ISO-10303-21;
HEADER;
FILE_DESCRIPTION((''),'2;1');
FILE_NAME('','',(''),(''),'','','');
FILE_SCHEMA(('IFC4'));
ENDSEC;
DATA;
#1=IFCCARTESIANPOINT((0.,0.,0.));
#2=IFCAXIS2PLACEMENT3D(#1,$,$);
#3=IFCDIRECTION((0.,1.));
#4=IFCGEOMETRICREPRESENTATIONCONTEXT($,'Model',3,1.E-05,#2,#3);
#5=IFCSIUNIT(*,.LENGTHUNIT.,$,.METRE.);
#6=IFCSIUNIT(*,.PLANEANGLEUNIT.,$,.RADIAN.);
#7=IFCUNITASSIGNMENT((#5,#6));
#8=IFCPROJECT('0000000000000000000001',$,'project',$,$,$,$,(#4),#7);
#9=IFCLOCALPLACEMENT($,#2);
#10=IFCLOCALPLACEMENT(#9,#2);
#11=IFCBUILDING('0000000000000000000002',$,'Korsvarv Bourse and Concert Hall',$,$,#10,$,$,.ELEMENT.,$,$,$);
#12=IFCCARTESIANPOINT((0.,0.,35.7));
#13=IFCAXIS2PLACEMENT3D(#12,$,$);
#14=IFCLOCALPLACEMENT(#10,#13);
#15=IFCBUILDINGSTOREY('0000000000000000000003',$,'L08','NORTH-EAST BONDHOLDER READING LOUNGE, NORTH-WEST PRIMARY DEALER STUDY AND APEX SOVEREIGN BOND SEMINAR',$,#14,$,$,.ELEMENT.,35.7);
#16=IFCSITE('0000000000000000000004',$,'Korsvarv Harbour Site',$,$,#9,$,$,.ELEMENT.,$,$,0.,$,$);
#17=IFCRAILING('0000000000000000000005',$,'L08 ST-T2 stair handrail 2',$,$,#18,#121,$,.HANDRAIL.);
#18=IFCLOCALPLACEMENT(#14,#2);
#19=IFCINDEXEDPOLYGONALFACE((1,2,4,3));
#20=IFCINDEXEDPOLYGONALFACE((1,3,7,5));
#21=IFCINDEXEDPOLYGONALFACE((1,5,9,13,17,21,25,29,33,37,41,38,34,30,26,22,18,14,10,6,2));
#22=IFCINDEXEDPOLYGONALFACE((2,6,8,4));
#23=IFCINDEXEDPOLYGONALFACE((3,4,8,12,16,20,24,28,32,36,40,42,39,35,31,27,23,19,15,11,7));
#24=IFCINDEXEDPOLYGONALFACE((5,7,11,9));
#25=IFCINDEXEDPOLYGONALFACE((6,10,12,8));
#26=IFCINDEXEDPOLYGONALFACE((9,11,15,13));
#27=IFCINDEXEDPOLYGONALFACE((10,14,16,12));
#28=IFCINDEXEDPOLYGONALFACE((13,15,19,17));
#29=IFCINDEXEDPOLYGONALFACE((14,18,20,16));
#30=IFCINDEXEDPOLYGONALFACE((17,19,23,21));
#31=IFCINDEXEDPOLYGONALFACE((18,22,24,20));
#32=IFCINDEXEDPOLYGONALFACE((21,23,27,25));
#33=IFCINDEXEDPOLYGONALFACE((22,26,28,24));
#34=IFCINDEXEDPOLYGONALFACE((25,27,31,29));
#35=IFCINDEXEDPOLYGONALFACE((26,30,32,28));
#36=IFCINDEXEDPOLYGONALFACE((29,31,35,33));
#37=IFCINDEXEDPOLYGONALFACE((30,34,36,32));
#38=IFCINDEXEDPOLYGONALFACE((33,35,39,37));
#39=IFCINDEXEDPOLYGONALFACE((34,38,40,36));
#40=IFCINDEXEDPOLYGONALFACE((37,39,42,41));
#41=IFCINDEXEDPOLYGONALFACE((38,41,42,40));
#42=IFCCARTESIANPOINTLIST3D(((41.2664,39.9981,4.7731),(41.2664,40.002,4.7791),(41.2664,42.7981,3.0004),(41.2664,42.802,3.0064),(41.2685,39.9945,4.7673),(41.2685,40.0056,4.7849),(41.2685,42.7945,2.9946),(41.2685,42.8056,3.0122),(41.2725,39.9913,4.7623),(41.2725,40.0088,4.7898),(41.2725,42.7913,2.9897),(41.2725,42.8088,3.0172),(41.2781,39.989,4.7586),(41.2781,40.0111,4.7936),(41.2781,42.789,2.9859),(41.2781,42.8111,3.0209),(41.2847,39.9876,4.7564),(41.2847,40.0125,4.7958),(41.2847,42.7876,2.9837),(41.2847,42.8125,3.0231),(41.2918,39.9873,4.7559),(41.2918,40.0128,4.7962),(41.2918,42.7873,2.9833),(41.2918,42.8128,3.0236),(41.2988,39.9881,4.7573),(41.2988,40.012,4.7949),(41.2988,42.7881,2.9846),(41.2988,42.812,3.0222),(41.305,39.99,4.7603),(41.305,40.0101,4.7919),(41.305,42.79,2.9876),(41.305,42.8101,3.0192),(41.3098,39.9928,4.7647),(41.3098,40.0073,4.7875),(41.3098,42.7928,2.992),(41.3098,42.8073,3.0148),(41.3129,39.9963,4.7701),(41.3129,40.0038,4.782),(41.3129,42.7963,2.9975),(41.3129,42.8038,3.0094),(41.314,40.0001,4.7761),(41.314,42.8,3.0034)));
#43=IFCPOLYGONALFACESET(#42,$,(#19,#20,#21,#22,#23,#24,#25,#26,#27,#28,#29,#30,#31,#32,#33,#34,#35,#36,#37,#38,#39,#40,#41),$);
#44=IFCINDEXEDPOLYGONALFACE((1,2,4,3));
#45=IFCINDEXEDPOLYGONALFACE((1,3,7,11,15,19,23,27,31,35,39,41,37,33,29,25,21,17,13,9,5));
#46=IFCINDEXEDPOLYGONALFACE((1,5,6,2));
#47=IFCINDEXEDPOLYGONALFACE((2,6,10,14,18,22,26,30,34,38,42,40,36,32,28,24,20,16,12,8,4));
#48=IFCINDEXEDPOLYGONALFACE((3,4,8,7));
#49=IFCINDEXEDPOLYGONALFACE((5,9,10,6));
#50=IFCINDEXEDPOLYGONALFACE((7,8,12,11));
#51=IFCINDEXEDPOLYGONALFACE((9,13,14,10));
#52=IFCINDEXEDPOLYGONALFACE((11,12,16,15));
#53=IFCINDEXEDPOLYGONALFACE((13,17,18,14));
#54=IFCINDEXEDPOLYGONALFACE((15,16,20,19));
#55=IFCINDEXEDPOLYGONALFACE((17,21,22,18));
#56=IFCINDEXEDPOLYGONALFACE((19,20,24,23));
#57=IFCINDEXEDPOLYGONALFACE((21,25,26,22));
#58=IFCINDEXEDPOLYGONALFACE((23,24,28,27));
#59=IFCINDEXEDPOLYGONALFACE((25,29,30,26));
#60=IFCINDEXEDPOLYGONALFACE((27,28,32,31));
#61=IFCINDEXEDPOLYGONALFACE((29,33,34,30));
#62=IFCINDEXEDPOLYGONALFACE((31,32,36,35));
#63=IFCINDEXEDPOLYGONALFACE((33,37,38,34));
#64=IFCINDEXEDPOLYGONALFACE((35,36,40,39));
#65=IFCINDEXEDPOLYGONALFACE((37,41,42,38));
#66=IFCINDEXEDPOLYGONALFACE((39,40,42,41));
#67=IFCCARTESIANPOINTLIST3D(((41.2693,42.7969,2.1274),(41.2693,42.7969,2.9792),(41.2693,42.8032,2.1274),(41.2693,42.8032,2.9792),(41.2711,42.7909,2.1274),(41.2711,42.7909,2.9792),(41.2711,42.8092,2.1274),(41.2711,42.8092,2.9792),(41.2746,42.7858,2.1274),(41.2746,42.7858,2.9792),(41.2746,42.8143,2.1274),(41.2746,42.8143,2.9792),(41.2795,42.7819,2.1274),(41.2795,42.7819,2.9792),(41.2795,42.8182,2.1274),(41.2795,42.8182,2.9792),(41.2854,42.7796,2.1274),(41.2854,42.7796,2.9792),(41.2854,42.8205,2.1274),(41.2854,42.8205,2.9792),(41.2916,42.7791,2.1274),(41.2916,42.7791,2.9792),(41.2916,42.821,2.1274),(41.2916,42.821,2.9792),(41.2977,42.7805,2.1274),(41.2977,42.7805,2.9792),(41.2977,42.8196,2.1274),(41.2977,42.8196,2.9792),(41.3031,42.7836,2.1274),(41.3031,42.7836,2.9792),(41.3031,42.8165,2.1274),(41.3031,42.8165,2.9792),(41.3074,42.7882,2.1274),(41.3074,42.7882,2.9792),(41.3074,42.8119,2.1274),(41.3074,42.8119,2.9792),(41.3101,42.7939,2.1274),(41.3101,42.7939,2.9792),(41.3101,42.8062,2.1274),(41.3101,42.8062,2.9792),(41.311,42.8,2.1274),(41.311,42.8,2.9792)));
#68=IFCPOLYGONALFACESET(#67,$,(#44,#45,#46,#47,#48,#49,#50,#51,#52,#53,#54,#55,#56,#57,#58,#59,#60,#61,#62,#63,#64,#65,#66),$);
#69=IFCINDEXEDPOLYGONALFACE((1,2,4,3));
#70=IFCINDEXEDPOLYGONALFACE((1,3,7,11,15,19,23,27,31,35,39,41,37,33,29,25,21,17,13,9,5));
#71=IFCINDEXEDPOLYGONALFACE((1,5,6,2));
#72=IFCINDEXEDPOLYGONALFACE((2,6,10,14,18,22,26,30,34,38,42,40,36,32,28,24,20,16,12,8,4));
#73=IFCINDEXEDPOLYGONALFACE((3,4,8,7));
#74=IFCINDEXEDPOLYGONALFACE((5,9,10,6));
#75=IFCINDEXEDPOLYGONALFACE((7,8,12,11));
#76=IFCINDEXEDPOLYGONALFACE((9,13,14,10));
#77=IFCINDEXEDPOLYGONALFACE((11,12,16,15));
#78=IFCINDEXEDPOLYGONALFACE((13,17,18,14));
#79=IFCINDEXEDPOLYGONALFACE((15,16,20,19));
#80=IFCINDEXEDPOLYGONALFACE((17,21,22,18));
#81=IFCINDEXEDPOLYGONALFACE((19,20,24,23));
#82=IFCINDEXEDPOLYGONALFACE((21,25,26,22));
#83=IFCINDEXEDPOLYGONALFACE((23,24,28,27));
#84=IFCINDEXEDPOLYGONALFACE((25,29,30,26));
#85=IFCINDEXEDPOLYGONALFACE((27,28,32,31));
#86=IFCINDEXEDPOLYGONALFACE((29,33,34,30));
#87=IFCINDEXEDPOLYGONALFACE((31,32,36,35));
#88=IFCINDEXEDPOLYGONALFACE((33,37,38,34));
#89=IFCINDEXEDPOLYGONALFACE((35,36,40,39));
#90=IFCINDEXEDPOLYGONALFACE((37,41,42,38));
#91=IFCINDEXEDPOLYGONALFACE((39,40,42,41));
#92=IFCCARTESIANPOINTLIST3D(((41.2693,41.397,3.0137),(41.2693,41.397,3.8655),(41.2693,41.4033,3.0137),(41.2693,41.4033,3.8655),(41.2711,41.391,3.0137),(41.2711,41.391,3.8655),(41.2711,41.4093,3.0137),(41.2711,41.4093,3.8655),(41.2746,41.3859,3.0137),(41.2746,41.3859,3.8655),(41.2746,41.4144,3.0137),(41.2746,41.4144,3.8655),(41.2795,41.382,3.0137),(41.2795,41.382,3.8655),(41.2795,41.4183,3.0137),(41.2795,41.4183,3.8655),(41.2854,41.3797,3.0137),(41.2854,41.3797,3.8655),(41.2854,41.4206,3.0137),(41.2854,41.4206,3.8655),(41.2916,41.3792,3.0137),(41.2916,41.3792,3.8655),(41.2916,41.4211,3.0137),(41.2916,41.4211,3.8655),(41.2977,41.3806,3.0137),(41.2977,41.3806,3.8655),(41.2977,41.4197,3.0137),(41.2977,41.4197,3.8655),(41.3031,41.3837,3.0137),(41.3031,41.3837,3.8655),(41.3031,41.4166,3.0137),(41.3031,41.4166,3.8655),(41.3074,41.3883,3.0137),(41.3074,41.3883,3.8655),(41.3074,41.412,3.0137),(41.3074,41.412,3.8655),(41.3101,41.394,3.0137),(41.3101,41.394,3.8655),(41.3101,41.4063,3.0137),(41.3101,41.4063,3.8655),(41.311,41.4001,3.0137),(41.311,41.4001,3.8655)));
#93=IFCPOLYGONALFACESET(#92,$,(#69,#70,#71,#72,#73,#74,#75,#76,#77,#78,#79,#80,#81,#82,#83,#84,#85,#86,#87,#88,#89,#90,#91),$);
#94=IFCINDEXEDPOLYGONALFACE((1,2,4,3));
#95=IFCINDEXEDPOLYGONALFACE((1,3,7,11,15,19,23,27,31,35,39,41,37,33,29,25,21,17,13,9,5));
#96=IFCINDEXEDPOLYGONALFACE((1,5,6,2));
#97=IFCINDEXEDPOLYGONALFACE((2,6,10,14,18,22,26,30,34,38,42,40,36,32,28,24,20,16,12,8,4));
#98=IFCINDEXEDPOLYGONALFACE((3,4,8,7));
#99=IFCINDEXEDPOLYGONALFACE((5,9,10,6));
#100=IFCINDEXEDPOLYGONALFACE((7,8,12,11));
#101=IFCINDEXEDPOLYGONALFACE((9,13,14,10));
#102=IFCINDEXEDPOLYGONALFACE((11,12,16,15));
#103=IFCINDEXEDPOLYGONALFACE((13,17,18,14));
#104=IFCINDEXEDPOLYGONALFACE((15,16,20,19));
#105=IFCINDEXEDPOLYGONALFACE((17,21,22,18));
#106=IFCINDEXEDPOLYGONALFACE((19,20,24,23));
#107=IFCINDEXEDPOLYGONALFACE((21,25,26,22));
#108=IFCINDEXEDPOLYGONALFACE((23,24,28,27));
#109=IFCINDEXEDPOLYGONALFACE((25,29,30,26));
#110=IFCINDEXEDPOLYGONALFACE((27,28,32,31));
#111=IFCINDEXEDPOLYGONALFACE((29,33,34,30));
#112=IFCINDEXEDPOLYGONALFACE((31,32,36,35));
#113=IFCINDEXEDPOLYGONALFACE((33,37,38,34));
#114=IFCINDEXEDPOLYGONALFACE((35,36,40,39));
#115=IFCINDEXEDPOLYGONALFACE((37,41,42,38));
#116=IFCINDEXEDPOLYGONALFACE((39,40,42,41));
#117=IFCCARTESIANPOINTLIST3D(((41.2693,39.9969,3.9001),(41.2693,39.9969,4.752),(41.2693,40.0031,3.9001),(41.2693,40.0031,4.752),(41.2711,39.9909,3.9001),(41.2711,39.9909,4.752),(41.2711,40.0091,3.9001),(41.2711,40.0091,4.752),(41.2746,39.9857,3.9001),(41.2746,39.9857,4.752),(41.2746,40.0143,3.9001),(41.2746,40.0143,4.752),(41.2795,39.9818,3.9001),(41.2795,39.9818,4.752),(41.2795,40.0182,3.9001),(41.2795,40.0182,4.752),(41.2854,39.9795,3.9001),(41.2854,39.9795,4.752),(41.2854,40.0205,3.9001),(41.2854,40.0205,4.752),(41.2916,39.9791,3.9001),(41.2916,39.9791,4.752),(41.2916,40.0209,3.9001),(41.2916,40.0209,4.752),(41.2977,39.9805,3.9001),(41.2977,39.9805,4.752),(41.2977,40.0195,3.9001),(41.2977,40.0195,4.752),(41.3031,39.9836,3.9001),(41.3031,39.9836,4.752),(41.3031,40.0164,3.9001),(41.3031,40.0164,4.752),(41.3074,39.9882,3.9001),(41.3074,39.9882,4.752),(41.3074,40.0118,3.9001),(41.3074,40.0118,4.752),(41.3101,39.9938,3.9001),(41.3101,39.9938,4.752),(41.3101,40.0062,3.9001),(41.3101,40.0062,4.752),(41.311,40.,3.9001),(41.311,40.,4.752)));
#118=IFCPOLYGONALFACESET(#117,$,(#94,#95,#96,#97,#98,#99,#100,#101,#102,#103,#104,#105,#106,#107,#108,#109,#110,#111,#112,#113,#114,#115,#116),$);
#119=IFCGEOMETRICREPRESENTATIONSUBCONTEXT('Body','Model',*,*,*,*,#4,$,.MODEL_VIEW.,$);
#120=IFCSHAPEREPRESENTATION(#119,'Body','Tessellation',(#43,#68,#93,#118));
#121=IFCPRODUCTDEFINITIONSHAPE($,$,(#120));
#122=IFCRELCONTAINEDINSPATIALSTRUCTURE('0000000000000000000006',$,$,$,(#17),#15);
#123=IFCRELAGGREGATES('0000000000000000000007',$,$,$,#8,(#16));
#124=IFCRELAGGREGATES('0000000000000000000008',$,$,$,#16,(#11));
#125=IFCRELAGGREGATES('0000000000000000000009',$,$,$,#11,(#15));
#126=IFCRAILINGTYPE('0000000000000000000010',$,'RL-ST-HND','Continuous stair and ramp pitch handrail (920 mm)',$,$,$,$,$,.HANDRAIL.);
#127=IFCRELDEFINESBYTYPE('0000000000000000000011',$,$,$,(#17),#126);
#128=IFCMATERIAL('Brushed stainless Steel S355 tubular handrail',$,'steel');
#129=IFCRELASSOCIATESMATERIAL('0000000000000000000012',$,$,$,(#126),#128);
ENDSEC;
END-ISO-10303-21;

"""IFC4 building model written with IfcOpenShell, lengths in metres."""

from ifc_helpers import new_model, si_unit, direction, frame, origin, origin_2d, place, context, subcontext, project, spatial, circle, extrude, material, type_object, element, save


model = new_model("IFC4")

# Units and contexts
model_context = context("Model", 3, precision=1e-05, world=origin(), true_north=direction((0.0, 1.0)))
body_context = subcontext(model_context, "Body", "Model", "MODEL_VIEW")
ifc_project = project(units=[si_unit("LENGTHUNIT", "METRE"), si_unit("PLANEANGLEUNIT", "RADIAN")], contexts=[model_context])

# Site, building, storey
site_placement = place(None, origin())
site = spatial("IfcSite", under=ifc_project, at=site_placement, Name="Korsvarv Harbour Site", CompositionType="ELEMENT", RefElevation=0.0)
building_placement = place(site_placement, origin())
building = spatial("IfcBuilding", under=site, at=building_placement, Name="Korsvarv Bourse and Concert Hall", CompositionType="ELEMENT")
storey_placement = place(building_placement, frame((0.0, 0.0, 35.7)))
storey = spatial("IfcBuildingStorey", under=building, at=storey_placement, Name="L08", Description="NORTH-EAST BONDHOLDER READING LOUNGE, NORTH-WEST PRIMARY DEALER STUDY AND APEX SOVEREIGN BOND SEMINAR", CompositionType="ELEMENT", Elevation=35.7)

# Railing
ifc_material_1 = material(Name="Brushed stainless Steel S355 tubular handrail", Category="steel")
railing_type_1 = type_object("IfcRailingType", Name="RL-ST-HND", Description="Continuous stair and ramp pitch handrail (920 mm)", PredefinedType="HANDRAIL", material=ifc_material_1)
railing_1_placement = place(storey_placement, frame((41.29, 42.8, 2.1274)))
element("IfcRailing", 1, at=railing_1_placement, inside=storey, type_object=railing_type_1, Name="L08 ST-T2 stair handrail 2", PredefinedType="HANDRAIL", context=body_context, shape_type="SweptSolid", body=[
    extrude(circle(Radius=0.0239, at=origin_2d()), frame((0.0, 0.0, 0.876), z_axis=(0.0, -0.844909, 0.53491), x_axis=(1.0, 0.0, 0.0)), (0.0, 0.0, 1.0), 3.314),
    extrude(circle(Radius=0.021, at=origin_2d()), origin(), (0.0, 0.0, 1.0), 0.8518),
    extrude(circle(Radius=0.021, at=origin_2d()), frame((0.0, -1.3999, 0.8862)), (0.0, 0.0, 1.0), 0.8518),
    extrude(circle(Radius=0.021, at=origin_2d()), frame((0.0, -2.8, 1.7727)), (0.0, 0.0, 1.0), 0.8518),
])

save(model, "model.ifc")
